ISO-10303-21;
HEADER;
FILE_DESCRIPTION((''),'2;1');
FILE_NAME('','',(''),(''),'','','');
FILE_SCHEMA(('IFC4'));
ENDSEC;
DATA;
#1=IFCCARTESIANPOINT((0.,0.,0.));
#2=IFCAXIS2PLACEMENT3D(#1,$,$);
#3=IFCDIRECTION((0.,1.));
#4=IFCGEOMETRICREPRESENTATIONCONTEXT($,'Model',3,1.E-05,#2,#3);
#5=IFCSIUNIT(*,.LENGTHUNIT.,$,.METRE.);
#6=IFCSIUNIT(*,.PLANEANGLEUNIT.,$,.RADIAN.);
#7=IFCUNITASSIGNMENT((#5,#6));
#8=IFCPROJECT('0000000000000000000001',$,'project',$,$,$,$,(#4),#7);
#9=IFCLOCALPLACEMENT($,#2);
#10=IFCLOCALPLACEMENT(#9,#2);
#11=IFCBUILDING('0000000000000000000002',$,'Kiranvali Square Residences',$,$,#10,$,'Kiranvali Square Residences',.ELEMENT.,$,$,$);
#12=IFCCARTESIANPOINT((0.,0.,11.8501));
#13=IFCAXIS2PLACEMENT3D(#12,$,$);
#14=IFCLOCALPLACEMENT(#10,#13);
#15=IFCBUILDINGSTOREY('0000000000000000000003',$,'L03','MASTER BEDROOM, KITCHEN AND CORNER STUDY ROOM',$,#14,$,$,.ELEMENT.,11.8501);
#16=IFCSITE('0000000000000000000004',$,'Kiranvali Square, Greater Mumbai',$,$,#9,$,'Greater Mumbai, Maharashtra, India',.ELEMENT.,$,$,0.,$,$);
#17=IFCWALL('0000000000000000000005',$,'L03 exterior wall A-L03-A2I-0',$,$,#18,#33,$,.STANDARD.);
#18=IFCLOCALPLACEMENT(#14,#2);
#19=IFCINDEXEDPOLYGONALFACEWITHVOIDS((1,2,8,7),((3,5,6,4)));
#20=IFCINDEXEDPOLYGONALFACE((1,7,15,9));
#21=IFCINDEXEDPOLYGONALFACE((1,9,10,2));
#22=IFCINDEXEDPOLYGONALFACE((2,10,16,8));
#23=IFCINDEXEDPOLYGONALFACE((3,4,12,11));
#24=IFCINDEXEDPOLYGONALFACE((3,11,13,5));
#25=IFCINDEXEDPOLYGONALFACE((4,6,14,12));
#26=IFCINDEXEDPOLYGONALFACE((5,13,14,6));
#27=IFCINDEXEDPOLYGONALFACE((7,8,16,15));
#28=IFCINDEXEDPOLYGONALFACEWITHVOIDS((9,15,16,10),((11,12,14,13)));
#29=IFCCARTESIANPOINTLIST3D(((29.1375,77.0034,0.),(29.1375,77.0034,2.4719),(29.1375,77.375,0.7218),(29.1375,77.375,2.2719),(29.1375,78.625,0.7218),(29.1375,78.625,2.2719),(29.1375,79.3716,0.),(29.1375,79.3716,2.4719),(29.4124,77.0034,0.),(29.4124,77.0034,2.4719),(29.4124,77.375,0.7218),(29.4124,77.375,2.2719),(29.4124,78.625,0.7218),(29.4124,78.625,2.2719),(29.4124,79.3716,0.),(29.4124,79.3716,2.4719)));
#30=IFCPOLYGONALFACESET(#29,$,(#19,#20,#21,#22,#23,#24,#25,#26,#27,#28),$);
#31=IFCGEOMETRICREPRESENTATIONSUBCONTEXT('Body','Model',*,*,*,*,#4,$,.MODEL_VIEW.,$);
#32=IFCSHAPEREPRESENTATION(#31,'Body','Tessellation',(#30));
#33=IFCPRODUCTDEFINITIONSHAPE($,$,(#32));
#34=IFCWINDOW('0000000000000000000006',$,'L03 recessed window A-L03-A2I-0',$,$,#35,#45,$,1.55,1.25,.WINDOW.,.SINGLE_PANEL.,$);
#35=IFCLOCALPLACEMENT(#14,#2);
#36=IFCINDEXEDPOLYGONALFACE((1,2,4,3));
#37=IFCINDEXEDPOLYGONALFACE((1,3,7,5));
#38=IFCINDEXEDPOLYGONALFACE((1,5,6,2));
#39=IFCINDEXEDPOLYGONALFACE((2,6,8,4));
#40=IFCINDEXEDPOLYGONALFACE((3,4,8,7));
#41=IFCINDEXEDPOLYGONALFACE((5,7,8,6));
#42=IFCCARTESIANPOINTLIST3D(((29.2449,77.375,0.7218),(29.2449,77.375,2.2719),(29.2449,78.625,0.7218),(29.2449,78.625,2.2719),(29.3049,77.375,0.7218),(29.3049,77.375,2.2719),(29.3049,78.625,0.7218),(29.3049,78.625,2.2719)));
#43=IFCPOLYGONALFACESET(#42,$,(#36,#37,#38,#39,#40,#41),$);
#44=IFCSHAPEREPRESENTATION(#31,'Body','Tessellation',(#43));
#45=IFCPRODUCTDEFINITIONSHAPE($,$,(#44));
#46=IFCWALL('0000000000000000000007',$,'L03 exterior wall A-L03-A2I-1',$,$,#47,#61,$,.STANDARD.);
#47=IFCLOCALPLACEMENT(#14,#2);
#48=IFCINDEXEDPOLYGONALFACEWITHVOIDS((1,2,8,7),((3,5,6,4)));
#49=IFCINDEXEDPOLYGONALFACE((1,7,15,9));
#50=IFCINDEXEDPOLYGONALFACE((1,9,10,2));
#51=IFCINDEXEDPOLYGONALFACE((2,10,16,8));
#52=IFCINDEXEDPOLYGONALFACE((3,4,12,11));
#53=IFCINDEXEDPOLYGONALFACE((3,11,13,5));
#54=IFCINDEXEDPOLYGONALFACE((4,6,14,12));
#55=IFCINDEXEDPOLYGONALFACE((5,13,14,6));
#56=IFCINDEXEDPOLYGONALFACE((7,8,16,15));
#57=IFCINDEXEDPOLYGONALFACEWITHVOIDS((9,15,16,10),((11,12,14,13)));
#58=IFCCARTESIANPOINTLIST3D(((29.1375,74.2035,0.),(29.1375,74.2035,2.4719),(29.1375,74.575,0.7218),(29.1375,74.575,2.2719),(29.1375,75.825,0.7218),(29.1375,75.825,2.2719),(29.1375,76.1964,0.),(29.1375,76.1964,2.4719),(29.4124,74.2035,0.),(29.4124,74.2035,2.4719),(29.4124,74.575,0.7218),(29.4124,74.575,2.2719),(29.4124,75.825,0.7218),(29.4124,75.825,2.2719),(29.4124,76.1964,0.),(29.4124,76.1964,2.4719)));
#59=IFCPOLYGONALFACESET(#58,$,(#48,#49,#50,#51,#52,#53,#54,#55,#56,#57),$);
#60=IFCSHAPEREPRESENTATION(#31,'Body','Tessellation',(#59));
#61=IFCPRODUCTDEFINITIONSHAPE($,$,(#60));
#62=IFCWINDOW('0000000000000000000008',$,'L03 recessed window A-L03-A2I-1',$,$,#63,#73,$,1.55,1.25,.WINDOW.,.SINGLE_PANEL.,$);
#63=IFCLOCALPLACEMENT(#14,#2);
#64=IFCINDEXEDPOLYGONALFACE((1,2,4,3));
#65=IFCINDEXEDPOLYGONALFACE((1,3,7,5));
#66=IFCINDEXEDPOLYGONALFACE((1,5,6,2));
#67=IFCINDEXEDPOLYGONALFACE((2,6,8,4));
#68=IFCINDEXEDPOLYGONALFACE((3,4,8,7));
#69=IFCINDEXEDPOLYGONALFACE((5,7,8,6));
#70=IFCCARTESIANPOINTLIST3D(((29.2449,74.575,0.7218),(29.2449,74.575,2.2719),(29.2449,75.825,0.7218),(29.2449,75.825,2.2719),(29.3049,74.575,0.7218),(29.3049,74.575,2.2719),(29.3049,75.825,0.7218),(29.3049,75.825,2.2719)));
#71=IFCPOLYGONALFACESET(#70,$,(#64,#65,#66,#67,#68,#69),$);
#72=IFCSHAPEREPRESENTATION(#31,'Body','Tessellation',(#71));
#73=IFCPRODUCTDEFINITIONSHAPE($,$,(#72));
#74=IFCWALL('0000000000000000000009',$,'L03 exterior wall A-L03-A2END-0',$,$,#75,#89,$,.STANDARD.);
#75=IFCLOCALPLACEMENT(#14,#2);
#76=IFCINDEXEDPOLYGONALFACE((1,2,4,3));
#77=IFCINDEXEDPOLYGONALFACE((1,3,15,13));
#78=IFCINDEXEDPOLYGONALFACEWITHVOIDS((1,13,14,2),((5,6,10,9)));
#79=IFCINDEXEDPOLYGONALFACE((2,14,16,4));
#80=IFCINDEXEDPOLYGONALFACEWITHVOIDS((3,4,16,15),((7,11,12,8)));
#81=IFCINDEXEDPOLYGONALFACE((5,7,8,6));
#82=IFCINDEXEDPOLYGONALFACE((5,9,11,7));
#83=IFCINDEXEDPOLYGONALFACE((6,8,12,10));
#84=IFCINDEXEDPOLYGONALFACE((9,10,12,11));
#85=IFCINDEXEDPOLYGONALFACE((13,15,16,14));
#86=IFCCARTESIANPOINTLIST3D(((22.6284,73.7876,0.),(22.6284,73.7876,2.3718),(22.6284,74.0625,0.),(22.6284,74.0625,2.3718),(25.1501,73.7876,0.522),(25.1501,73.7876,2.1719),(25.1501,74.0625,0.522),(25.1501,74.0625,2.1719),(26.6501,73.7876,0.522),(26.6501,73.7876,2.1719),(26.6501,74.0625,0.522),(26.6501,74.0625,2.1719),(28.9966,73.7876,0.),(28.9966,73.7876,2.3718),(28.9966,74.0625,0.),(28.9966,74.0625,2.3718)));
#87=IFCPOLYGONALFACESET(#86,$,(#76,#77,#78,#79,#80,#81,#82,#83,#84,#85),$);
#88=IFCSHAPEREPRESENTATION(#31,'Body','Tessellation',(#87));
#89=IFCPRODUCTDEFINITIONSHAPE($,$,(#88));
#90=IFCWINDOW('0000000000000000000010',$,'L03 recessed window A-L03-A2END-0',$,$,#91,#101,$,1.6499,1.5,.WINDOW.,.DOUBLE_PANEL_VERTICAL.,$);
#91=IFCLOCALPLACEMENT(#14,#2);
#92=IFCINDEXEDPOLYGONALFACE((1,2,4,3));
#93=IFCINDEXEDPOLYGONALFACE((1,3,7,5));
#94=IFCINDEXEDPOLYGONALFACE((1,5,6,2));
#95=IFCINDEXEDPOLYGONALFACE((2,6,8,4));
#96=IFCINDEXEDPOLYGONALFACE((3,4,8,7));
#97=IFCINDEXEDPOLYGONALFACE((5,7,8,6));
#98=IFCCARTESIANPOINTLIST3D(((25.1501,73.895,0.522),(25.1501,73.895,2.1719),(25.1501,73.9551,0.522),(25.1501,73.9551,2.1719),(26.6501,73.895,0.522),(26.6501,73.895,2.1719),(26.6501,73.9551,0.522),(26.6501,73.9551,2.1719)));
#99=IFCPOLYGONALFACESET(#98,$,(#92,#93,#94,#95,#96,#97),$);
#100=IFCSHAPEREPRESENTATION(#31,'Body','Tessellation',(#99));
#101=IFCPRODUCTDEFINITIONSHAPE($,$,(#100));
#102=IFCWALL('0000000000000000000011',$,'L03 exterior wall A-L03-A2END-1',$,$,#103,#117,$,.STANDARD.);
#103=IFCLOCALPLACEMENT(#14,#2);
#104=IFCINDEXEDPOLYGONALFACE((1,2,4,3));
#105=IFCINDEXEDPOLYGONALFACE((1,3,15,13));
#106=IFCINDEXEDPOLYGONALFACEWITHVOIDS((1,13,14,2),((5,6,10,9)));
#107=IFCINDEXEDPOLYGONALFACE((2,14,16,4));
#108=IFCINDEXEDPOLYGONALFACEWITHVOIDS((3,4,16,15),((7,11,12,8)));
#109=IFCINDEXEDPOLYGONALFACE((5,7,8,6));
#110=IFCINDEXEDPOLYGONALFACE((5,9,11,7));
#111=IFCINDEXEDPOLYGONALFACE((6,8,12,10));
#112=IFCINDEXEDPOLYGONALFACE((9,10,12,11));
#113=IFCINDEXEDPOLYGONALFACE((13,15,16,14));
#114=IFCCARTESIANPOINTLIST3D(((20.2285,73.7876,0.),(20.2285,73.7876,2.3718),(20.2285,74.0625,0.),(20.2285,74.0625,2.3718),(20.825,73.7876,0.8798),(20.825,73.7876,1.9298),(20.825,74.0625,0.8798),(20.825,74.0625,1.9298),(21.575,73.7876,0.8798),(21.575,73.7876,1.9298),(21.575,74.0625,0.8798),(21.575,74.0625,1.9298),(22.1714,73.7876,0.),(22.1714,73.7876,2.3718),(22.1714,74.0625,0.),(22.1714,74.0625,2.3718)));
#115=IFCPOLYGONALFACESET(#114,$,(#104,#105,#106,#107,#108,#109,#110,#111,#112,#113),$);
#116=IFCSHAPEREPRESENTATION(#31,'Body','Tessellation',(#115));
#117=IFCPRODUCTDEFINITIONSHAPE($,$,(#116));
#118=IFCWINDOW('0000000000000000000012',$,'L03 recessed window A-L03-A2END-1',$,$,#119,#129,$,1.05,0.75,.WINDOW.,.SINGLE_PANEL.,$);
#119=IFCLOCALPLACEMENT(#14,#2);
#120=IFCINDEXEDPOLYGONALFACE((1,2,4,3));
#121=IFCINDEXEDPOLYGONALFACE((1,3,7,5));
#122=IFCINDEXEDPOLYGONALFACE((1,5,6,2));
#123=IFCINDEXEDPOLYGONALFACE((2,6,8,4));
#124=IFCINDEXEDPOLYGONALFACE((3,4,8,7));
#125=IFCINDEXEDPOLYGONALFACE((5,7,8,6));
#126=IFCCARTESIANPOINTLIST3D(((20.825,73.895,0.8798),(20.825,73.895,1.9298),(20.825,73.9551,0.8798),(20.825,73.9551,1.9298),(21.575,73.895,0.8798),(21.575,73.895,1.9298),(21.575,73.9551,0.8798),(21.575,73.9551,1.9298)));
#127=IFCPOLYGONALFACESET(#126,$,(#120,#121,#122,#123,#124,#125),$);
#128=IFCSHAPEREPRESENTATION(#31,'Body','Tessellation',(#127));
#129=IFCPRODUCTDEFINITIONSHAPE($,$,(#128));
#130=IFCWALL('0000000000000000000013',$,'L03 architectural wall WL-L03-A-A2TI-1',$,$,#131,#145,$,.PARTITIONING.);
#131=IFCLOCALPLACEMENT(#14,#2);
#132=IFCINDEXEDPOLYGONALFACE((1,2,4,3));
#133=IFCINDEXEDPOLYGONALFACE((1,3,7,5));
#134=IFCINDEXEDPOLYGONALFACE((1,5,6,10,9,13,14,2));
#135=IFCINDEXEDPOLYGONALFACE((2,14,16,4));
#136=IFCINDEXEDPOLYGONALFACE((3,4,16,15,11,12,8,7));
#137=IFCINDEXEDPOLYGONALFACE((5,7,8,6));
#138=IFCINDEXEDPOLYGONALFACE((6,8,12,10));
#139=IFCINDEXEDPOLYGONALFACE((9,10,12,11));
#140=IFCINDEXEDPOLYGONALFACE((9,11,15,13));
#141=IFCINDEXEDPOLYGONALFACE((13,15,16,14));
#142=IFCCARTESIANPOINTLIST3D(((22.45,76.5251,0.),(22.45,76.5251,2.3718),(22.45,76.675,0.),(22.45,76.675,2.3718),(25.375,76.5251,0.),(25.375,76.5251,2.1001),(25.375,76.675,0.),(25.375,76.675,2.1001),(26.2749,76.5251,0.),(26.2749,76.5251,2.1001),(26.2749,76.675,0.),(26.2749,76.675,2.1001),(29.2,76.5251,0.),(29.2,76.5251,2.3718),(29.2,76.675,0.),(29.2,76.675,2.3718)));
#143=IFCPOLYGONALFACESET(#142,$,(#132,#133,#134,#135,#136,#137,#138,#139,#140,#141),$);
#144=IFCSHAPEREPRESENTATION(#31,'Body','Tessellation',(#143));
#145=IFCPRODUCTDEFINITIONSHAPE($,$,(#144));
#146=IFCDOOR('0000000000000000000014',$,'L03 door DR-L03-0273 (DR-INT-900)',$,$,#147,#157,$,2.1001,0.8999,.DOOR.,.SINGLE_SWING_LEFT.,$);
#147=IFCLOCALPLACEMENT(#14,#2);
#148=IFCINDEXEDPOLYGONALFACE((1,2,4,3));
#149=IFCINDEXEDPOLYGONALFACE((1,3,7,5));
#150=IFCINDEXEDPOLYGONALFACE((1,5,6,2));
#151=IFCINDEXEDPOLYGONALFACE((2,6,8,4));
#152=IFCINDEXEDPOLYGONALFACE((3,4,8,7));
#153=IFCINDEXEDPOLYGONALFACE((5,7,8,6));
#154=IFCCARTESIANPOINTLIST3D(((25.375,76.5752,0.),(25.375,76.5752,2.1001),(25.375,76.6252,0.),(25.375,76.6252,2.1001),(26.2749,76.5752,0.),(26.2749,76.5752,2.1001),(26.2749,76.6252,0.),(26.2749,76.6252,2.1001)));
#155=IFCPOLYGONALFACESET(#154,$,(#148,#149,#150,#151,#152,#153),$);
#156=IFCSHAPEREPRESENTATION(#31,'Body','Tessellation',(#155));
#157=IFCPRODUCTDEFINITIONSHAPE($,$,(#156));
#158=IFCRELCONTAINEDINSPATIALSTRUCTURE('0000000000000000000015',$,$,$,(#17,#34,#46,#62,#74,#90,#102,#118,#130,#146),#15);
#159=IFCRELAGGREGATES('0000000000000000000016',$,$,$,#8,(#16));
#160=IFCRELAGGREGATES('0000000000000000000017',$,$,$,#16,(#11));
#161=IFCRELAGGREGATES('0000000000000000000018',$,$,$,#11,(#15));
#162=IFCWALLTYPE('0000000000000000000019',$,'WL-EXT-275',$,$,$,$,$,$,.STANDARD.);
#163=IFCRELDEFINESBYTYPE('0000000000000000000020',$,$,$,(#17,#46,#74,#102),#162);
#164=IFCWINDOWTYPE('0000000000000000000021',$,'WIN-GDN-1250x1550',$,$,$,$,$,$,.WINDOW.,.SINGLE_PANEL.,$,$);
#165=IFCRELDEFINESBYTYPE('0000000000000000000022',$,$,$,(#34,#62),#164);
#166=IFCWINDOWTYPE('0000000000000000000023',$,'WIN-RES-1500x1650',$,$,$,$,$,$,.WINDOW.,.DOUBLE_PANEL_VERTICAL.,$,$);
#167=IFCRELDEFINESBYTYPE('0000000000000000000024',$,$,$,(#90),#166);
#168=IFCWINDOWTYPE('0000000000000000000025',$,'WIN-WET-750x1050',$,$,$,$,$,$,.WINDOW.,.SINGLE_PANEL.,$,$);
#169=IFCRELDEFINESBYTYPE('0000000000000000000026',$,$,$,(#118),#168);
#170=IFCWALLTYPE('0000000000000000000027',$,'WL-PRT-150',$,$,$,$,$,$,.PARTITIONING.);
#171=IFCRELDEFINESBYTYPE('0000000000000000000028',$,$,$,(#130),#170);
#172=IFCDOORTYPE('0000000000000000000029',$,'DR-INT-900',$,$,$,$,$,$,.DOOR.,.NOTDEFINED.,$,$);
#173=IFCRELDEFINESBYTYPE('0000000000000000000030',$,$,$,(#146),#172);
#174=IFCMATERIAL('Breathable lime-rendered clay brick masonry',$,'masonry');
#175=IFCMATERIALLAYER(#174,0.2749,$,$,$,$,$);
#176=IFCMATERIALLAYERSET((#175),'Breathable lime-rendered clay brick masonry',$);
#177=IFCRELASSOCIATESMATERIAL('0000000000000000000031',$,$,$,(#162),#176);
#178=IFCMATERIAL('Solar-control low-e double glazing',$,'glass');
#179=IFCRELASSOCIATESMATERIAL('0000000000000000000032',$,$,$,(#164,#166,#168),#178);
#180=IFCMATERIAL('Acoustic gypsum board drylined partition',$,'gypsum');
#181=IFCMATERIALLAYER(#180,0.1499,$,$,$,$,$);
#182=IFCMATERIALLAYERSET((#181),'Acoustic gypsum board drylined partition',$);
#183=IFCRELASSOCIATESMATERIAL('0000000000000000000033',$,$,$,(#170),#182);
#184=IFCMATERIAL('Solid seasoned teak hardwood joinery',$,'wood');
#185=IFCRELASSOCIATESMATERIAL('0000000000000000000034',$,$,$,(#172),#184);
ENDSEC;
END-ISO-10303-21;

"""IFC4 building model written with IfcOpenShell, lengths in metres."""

from ifc_helpers import new_model, si_unit, direction, frame, frame_2d, origin, place, context, subcontext, project, spatial, rectangle, extrude, material, layer, layer_set, type_object, element, fill, save


model = new_model("IFC4")

# Units and contexts
model_context = context("Model", 3, precision=1e-05, world=origin(), true_north=direction((0.0, 1.0)))
body_context = subcontext(model_context, "Body", "Model", "MODEL_VIEW")
ifc_project = project(units=[si_unit("LENGTHUNIT", "METRE"), si_unit("PLANEANGLEUNIT", "RADIAN")], contexts=[model_context])

# Site, building, storey
site_placement = place(None, origin())
site = spatial("IfcSite", under=ifc_project, at=site_placement, Name="Kiranvali Square, Greater Mumbai", LongName="Greater Mumbai, Maharashtra, India", CompositionType="ELEMENT", RefElevation=0.0)
building_placement = place(site_placement, origin())
building = spatial("IfcBuilding", under=site, at=building_placement, Name="Kiranvali Square Residences", LongName="Kiranvali Square Residences", CompositionType="ELEMENT")
storey_placement = place(building_placement, frame((0.0, 0.0, 11.8501)))
storey = spatial("IfcBuildingStorey", under=building, at=storey_placement, Name="L03", Description="MASTER BEDROOM, KITCHEN AND CORNER STUDY ROOM", CompositionType="ELEMENT", Elevation=11.8501)

# Walls, openings, windows
ifc_material_1 = material(Name="Breathable lime-rendered clay brick masonry", Category="masonry")
ifc_layer_1 = layer(ifc_material_1, 0.2749)
ifc_layer_set_1 = layer_set([ifc_layer_1], Name="Breathable lime-rendered clay brick masonry")
wall_type_1 = type_object("IfcWallType", Name="WL-EXT-275", PredefinedType="STANDARD", material=ifc_layer_set_1)
wall_1_placement = place(storey_placement, frame((29.2749, 79.3716, 0.0), z_axis=(0.0, 0.0, 1.0), x_axis=(0.0, -1.0, 0.0)))
wall_1 = element("IfcWall", 1, at=wall_1_placement, inside=storey, type_object=wall_type_1, Name="L03 exterior wall A-L03-A2I-0", PredefinedType="STANDARD", context=body_context, shape_type="SweptSolid", body=[
    extrude(rectangle(XDim=2.3682, YDim=0.2749, at=frame_2d((1.1841, 0.0))), origin(), (0.0, 0.0, 1.0), 2.4719),
])
opening_1_placement = place(wall_1_placement, frame((0.7466, 0.0, 0.7219)))
opening_1 = element("IfcOpeningElement", 2, at=opening_1_placement, cuts=wall_1, PredefinedType="OPENING", context=body_context, shape_type="SweptSolid", body=[
    extrude(rectangle(XDim=1.25, YDim=1.55, at=frame_2d((0.625, 0.7749))), frame((0.0, 0.1475, 0.0), z_axis=(0.0, -1.0, 0.0), x_axis=(1.0, 0.0, 0.0)), (0.0, 0.0, 1.0), 0.2949),
])
ifc_material_2 = material(Name="Solar-control low-e double glazing", Category="glass")
window_type_1 = type_object("IfcWindowType", Name="WIN-GDN-1250x1550", PartitioningType="SINGLE_PANEL", PredefinedType="WINDOW", material=ifc_material_2)
window_1_placement = place(opening_1_placement, origin())
window_1 = element("IfcWindow", 3, at=window_1_placement, inside=storey, type_object=window_type_1, Name="L03 recessed window A-L03-A2I-0", OverallHeight=1.55, OverallWidth=1.25, PartitioningType="SINGLE_PANEL", PredefinedType="WINDOW", context=body_context, shape_type="SweptSolid", body=[
    extrude(rectangle(XDim=1.25, YDim=1.55, at=frame_2d((0.625, 0.7749))), frame((0.0, 0.03, 0.0), z_axis=(0.0, -1.0, 0.0), x_axis=(1.0, 0.0, 0.0)), (0.0, 0.0, 1.0), 0.0601),
])
fill(opening_1, window_1)
wall_2_placement = place(storey_placement, frame((29.2749, 76.1965, 0.0), z_axis=(0.0, 0.0, 1.0), x_axis=(0.0, -1.0, 0.0)))
wall_2 = element("IfcWall", 4, at=wall_2_placement, inside=storey, type_object=wall_type_1, Name="L03 exterior wall A-L03-A2I-1", PredefinedType="STANDARD", context=body_context, shape_type="SweptSolid", body=[
    extrude(rectangle(XDim=1.9929, YDim=0.2749, at=frame_2d((0.9966, 0.0))), origin(), (0.0, 0.0, 1.0), 2.4719),
])
opening_2_placement = place(wall_2_placement, frame((0.3716, 0.0, 0.7219)))
opening_2 = element("IfcOpeningElement", 5, at=opening_2_placement, cuts=wall_2, PredefinedType="OPENING", context=body_context, shape_type="SweptSolid", body=[
    extrude(rectangle(XDim=1.25, YDim=1.55, at=frame_2d((0.625, 0.7749))), frame((0.0, 0.1475, 0.0), z_axis=(0.0, -1.0, 0.0), x_axis=(1.0, 0.0, 0.0)), (0.0, 0.0, 1.0), 0.2949),
])
window_2_placement = place(opening_2_placement, origin())
window_2 = element("IfcWindow", 6, at=window_2_placement, inside=storey, type_object=window_type_1, Name="L03 recessed window A-L03-A2I-1", OverallHeight=1.55, OverallWidth=1.25, PartitioningType="SINGLE_PANEL", PredefinedType="WINDOW", context=body_context, shape_type="SweptSolid", body=[
    extrude(rectangle(XDim=1.25, YDim=1.55, at=frame_2d((0.625, 0.7749))), frame((0.0, 0.03, 0.0), z_axis=(0.0, -1.0, 0.0), x_axis=(1.0, 0.0, 0.0)), (0.0, 0.0, 1.0), 0.0601),
])
fill(opening_2, window_2)
wall_3_placement = place(storey_placement, frame((28.9966, 73.925, 0.0), z_axis=(0.0, 0.0, 1.0), x_axis=(-1.0, 0.0, 0.0)))
wall_3 = element("IfcWall", 7, at=wall_3_placement, inside=storey, type_object=wall_type_1, Name="L03 exterior wall A-L03-A2END-0", PredefinedType="STANDARD", context=body_context, shape_type="SweptSolid", body=[
    extrude(rectangle(XDim=6.3682, YDim=0.2749, at=frame_2d((3.1841, 0.0))), origin(), (0.0, 0.0, 1.0), 2.3718),
])
opening_3_placement = place(wall_3_placement, frame((2.3464, 0.0, 0.522)))
opening_3 = element("IfcOpeningElement", 8, at=opening_3_placement, cuts=wall_3, PredefinedType="OPENING", context=body_context, shape_type="SweptSolid", body=[
    extrude(rectangle(XDim=1.5, YDim=1.6499, at=frame_2d((0.75, 0.825))), frame((0.0, 0.1475, 0.0), z_axis=(0.0, -1.0, 0.0), x_axis=(1.0, 0.0, 0.0)), (0.0, 0.0, 1.0), 0.2949),
])
window_type_2 = type_object("IfcWindowType", Name="WIN-RES-1500x1650", PartitioningType="DOUBLE_PANEL_VERTICAL", PredefinedType="WINDOW", material=ifc_material_2)
window_3_placement = place(opening_3_placement, origin())
window_3 = element("IfcWindow", 9, at=window_3_placement, inside=storey, type_object=window_type_2, Name="L03 recessed window A-L03-A2END-0", OverallHeight=1.6499, OverallWidth=1.5, PartitioningType="DOUBLE_PANEL_VERTICAL", PredefinedType="WINDOW", context=body_context, shape_type="SweptSolid", body=[
    extrude(rectangle(XDim=1.5, YDim=1.6499, at=frame_2d((0.75, 0.825))), frame((0.0, 0.03, 0.0), z_axis=(0.0, -1.0, 0.0), x_axis=(1.0, 0.0, 0.0)), (0.0, 0.0, 1.0), 0.0601),
])
fill(opening_3, window_3)
wall_4_placement = place(storey_placement, frame((22.1714, 73.925, 0.0), z_axis=(0.0, 0.0, 1.0), x_axis=(-1.0, 0.0, 0.0)))
wall_4 = element("IfcWall", 10, at=wall_4_placement, inside=storey, type_object=wall_type_1, Name="L03 exterior wall A-L03-A2END-1", PredefinedType="STANDARD", context=body_context, shape_type="SweptSolid", body=[
    extrude(rectangle(XDim=1.9429, YDim=0.2749, at=frame_2d((0.9714, 0.0))), origin(), (0.0, 0.0, 1.0), 2.3718),
])
opening_4_placement = place(wall_4_placement, frame((0.5964, 0.0, 0.8799)))
opening_4 = element("IfcOpeningElement", 11, at=opening_4_placement, cuts=wall_4, PredefinedType="OPENING", context=body_context, shape_type="SweptSolid", body=[
    extrude(rectangle(XDim=0.75, YDim=1.05, at=frame_2d((0.375, 0.5249))), frame((0.0, 0.1475, 0.0), z_axis=(0.0, -1.0, 0.0), x_axis=(1.0, 0.0, 0.0)), (0.0, 0.0, 1.0), 0.2949),
])
window_type_3 = type_object("IfcWindowType", Name="WIN-WET-750x1050", PartitioningType="SINGLE_PANEL", PredefinedType="WINDOW", material=ifc_material_2)
window_4_placement = place(opening_4_placement, origin())
window_4 = element("IfcWindow", 12, at=window_4_placement, inside=storey, type_object=window_type_3, Name="L03 recessed window A-L03-A2END-1", OverallHeight=1.05, OverallWidth=0.75, PartitioningType="SINGLE_PANEL", PredefinedType="WINDOW", context=body_context, shape_type="SweptSolid", body=[
    extrude(rectangle(XDim=0.75, YDim=1.05, at=frame_2d((0.375, 0.5249))), frame((0.0, 0.03, 0.0), z_axis=(0.0, -1.0, 0.0), x_axis=(1.0, 0.0, 0.0)), (0.0, 0.0, 1.0), 0.0601),
])
fill(opening_4, window_4)

# Wall, opening, door
ifc_material_3 = material(Name="Acoustic gypsum board drylined partition", Category="gypsum")
ifc_layer_2 = layer(ifc_material_3, 0.1499)
ifc_layer_set_2 = layer_set([ifc_layer_2], Name="Acoustic gypsum board drylined partition")
wall_type_2 = type_object("IfcWallType", Name="WL-PRT-150", PredefinedType="PARTITIONING", material=ifc_layer_set_2)
wall_5_placement = place(storey_placement, frame((29.2, 76.6001, 0.0), z_axis=(0.0, 0.0, 1.0), x_axis=(-1.0, 0.0, 0.0)))
wall_5 = element("IfcWall", 13, at=wall_5_placement, inside=storey, type_object=wall_type_2, Name="L03 architectural wall WL-L03-A-A2TI-1", PredefinedType="PARTITIONING", context=body_context, shape_type="SweptSolid", body=[
    extrude(rectangle(XDim=6.75, YDim=0.1499, at=frame_2d((3.375, 0.0))), origin(), (0.0, 0.0, 1.0), 2.3718),
])
opening_5_placement = place(wall_5_placement, frame((2.925, 0.0, 0.0)))
opening_5 = element("IfcOpeningElement", 14, at=opening_5_placement, cuts=wall_5, PredefinedType="OPENING", context=body_context, shape_type="SweptSolid", body=[
    extrude(rectangle(XDim=0.8999, YDim=2.1001, at=frame_2d((0.45, 1.05))), frame((0.0, 0.085, 0.0), z_axis=(0.0, -1.0, 0.0), x_axis=(1.0, 0.0, 0.0)), (0.0, 0.0, 1.0), 0.1699),
])
ifc_material_4 = material(Name="Solid seasoned teak hardwood joinery", Category="wood")
door_type = type_object("IfcDoorType", Name="DR-INT-900", OperationType="NOTDEFINED", PredefinedType="DOOR", material=ifc_material_4)
door_1_placement = place(opening_5_placement, origin())
door_1 = element("IfcDoor", 15, at=door_1_placement, inside=storey, type_object=door_type, Name="L03 door DR-L03-0273 (DR-INT-900)", OperationType="SINGLE_SWING_LEFT", OverallHeight=2.1001, OverallWidth=0.8999, PredefinedType="DOOR", context=body_context, shape_type="SweptSolid", body=[
    extrude(rectangle(XDim=0.8999, YDim=2.1001, at=frame_2d((0.45, 1.05))), frame((0.0, 0.0249, 0.0), z_axis=(0.0, -1.0, 0.0), x_axis=(1.0, 0.0, 0.0)), (0.0, 0.0, 1.0), 0.05),
])
fill(opening_5, door_1)

save(model, "model.ifc")
